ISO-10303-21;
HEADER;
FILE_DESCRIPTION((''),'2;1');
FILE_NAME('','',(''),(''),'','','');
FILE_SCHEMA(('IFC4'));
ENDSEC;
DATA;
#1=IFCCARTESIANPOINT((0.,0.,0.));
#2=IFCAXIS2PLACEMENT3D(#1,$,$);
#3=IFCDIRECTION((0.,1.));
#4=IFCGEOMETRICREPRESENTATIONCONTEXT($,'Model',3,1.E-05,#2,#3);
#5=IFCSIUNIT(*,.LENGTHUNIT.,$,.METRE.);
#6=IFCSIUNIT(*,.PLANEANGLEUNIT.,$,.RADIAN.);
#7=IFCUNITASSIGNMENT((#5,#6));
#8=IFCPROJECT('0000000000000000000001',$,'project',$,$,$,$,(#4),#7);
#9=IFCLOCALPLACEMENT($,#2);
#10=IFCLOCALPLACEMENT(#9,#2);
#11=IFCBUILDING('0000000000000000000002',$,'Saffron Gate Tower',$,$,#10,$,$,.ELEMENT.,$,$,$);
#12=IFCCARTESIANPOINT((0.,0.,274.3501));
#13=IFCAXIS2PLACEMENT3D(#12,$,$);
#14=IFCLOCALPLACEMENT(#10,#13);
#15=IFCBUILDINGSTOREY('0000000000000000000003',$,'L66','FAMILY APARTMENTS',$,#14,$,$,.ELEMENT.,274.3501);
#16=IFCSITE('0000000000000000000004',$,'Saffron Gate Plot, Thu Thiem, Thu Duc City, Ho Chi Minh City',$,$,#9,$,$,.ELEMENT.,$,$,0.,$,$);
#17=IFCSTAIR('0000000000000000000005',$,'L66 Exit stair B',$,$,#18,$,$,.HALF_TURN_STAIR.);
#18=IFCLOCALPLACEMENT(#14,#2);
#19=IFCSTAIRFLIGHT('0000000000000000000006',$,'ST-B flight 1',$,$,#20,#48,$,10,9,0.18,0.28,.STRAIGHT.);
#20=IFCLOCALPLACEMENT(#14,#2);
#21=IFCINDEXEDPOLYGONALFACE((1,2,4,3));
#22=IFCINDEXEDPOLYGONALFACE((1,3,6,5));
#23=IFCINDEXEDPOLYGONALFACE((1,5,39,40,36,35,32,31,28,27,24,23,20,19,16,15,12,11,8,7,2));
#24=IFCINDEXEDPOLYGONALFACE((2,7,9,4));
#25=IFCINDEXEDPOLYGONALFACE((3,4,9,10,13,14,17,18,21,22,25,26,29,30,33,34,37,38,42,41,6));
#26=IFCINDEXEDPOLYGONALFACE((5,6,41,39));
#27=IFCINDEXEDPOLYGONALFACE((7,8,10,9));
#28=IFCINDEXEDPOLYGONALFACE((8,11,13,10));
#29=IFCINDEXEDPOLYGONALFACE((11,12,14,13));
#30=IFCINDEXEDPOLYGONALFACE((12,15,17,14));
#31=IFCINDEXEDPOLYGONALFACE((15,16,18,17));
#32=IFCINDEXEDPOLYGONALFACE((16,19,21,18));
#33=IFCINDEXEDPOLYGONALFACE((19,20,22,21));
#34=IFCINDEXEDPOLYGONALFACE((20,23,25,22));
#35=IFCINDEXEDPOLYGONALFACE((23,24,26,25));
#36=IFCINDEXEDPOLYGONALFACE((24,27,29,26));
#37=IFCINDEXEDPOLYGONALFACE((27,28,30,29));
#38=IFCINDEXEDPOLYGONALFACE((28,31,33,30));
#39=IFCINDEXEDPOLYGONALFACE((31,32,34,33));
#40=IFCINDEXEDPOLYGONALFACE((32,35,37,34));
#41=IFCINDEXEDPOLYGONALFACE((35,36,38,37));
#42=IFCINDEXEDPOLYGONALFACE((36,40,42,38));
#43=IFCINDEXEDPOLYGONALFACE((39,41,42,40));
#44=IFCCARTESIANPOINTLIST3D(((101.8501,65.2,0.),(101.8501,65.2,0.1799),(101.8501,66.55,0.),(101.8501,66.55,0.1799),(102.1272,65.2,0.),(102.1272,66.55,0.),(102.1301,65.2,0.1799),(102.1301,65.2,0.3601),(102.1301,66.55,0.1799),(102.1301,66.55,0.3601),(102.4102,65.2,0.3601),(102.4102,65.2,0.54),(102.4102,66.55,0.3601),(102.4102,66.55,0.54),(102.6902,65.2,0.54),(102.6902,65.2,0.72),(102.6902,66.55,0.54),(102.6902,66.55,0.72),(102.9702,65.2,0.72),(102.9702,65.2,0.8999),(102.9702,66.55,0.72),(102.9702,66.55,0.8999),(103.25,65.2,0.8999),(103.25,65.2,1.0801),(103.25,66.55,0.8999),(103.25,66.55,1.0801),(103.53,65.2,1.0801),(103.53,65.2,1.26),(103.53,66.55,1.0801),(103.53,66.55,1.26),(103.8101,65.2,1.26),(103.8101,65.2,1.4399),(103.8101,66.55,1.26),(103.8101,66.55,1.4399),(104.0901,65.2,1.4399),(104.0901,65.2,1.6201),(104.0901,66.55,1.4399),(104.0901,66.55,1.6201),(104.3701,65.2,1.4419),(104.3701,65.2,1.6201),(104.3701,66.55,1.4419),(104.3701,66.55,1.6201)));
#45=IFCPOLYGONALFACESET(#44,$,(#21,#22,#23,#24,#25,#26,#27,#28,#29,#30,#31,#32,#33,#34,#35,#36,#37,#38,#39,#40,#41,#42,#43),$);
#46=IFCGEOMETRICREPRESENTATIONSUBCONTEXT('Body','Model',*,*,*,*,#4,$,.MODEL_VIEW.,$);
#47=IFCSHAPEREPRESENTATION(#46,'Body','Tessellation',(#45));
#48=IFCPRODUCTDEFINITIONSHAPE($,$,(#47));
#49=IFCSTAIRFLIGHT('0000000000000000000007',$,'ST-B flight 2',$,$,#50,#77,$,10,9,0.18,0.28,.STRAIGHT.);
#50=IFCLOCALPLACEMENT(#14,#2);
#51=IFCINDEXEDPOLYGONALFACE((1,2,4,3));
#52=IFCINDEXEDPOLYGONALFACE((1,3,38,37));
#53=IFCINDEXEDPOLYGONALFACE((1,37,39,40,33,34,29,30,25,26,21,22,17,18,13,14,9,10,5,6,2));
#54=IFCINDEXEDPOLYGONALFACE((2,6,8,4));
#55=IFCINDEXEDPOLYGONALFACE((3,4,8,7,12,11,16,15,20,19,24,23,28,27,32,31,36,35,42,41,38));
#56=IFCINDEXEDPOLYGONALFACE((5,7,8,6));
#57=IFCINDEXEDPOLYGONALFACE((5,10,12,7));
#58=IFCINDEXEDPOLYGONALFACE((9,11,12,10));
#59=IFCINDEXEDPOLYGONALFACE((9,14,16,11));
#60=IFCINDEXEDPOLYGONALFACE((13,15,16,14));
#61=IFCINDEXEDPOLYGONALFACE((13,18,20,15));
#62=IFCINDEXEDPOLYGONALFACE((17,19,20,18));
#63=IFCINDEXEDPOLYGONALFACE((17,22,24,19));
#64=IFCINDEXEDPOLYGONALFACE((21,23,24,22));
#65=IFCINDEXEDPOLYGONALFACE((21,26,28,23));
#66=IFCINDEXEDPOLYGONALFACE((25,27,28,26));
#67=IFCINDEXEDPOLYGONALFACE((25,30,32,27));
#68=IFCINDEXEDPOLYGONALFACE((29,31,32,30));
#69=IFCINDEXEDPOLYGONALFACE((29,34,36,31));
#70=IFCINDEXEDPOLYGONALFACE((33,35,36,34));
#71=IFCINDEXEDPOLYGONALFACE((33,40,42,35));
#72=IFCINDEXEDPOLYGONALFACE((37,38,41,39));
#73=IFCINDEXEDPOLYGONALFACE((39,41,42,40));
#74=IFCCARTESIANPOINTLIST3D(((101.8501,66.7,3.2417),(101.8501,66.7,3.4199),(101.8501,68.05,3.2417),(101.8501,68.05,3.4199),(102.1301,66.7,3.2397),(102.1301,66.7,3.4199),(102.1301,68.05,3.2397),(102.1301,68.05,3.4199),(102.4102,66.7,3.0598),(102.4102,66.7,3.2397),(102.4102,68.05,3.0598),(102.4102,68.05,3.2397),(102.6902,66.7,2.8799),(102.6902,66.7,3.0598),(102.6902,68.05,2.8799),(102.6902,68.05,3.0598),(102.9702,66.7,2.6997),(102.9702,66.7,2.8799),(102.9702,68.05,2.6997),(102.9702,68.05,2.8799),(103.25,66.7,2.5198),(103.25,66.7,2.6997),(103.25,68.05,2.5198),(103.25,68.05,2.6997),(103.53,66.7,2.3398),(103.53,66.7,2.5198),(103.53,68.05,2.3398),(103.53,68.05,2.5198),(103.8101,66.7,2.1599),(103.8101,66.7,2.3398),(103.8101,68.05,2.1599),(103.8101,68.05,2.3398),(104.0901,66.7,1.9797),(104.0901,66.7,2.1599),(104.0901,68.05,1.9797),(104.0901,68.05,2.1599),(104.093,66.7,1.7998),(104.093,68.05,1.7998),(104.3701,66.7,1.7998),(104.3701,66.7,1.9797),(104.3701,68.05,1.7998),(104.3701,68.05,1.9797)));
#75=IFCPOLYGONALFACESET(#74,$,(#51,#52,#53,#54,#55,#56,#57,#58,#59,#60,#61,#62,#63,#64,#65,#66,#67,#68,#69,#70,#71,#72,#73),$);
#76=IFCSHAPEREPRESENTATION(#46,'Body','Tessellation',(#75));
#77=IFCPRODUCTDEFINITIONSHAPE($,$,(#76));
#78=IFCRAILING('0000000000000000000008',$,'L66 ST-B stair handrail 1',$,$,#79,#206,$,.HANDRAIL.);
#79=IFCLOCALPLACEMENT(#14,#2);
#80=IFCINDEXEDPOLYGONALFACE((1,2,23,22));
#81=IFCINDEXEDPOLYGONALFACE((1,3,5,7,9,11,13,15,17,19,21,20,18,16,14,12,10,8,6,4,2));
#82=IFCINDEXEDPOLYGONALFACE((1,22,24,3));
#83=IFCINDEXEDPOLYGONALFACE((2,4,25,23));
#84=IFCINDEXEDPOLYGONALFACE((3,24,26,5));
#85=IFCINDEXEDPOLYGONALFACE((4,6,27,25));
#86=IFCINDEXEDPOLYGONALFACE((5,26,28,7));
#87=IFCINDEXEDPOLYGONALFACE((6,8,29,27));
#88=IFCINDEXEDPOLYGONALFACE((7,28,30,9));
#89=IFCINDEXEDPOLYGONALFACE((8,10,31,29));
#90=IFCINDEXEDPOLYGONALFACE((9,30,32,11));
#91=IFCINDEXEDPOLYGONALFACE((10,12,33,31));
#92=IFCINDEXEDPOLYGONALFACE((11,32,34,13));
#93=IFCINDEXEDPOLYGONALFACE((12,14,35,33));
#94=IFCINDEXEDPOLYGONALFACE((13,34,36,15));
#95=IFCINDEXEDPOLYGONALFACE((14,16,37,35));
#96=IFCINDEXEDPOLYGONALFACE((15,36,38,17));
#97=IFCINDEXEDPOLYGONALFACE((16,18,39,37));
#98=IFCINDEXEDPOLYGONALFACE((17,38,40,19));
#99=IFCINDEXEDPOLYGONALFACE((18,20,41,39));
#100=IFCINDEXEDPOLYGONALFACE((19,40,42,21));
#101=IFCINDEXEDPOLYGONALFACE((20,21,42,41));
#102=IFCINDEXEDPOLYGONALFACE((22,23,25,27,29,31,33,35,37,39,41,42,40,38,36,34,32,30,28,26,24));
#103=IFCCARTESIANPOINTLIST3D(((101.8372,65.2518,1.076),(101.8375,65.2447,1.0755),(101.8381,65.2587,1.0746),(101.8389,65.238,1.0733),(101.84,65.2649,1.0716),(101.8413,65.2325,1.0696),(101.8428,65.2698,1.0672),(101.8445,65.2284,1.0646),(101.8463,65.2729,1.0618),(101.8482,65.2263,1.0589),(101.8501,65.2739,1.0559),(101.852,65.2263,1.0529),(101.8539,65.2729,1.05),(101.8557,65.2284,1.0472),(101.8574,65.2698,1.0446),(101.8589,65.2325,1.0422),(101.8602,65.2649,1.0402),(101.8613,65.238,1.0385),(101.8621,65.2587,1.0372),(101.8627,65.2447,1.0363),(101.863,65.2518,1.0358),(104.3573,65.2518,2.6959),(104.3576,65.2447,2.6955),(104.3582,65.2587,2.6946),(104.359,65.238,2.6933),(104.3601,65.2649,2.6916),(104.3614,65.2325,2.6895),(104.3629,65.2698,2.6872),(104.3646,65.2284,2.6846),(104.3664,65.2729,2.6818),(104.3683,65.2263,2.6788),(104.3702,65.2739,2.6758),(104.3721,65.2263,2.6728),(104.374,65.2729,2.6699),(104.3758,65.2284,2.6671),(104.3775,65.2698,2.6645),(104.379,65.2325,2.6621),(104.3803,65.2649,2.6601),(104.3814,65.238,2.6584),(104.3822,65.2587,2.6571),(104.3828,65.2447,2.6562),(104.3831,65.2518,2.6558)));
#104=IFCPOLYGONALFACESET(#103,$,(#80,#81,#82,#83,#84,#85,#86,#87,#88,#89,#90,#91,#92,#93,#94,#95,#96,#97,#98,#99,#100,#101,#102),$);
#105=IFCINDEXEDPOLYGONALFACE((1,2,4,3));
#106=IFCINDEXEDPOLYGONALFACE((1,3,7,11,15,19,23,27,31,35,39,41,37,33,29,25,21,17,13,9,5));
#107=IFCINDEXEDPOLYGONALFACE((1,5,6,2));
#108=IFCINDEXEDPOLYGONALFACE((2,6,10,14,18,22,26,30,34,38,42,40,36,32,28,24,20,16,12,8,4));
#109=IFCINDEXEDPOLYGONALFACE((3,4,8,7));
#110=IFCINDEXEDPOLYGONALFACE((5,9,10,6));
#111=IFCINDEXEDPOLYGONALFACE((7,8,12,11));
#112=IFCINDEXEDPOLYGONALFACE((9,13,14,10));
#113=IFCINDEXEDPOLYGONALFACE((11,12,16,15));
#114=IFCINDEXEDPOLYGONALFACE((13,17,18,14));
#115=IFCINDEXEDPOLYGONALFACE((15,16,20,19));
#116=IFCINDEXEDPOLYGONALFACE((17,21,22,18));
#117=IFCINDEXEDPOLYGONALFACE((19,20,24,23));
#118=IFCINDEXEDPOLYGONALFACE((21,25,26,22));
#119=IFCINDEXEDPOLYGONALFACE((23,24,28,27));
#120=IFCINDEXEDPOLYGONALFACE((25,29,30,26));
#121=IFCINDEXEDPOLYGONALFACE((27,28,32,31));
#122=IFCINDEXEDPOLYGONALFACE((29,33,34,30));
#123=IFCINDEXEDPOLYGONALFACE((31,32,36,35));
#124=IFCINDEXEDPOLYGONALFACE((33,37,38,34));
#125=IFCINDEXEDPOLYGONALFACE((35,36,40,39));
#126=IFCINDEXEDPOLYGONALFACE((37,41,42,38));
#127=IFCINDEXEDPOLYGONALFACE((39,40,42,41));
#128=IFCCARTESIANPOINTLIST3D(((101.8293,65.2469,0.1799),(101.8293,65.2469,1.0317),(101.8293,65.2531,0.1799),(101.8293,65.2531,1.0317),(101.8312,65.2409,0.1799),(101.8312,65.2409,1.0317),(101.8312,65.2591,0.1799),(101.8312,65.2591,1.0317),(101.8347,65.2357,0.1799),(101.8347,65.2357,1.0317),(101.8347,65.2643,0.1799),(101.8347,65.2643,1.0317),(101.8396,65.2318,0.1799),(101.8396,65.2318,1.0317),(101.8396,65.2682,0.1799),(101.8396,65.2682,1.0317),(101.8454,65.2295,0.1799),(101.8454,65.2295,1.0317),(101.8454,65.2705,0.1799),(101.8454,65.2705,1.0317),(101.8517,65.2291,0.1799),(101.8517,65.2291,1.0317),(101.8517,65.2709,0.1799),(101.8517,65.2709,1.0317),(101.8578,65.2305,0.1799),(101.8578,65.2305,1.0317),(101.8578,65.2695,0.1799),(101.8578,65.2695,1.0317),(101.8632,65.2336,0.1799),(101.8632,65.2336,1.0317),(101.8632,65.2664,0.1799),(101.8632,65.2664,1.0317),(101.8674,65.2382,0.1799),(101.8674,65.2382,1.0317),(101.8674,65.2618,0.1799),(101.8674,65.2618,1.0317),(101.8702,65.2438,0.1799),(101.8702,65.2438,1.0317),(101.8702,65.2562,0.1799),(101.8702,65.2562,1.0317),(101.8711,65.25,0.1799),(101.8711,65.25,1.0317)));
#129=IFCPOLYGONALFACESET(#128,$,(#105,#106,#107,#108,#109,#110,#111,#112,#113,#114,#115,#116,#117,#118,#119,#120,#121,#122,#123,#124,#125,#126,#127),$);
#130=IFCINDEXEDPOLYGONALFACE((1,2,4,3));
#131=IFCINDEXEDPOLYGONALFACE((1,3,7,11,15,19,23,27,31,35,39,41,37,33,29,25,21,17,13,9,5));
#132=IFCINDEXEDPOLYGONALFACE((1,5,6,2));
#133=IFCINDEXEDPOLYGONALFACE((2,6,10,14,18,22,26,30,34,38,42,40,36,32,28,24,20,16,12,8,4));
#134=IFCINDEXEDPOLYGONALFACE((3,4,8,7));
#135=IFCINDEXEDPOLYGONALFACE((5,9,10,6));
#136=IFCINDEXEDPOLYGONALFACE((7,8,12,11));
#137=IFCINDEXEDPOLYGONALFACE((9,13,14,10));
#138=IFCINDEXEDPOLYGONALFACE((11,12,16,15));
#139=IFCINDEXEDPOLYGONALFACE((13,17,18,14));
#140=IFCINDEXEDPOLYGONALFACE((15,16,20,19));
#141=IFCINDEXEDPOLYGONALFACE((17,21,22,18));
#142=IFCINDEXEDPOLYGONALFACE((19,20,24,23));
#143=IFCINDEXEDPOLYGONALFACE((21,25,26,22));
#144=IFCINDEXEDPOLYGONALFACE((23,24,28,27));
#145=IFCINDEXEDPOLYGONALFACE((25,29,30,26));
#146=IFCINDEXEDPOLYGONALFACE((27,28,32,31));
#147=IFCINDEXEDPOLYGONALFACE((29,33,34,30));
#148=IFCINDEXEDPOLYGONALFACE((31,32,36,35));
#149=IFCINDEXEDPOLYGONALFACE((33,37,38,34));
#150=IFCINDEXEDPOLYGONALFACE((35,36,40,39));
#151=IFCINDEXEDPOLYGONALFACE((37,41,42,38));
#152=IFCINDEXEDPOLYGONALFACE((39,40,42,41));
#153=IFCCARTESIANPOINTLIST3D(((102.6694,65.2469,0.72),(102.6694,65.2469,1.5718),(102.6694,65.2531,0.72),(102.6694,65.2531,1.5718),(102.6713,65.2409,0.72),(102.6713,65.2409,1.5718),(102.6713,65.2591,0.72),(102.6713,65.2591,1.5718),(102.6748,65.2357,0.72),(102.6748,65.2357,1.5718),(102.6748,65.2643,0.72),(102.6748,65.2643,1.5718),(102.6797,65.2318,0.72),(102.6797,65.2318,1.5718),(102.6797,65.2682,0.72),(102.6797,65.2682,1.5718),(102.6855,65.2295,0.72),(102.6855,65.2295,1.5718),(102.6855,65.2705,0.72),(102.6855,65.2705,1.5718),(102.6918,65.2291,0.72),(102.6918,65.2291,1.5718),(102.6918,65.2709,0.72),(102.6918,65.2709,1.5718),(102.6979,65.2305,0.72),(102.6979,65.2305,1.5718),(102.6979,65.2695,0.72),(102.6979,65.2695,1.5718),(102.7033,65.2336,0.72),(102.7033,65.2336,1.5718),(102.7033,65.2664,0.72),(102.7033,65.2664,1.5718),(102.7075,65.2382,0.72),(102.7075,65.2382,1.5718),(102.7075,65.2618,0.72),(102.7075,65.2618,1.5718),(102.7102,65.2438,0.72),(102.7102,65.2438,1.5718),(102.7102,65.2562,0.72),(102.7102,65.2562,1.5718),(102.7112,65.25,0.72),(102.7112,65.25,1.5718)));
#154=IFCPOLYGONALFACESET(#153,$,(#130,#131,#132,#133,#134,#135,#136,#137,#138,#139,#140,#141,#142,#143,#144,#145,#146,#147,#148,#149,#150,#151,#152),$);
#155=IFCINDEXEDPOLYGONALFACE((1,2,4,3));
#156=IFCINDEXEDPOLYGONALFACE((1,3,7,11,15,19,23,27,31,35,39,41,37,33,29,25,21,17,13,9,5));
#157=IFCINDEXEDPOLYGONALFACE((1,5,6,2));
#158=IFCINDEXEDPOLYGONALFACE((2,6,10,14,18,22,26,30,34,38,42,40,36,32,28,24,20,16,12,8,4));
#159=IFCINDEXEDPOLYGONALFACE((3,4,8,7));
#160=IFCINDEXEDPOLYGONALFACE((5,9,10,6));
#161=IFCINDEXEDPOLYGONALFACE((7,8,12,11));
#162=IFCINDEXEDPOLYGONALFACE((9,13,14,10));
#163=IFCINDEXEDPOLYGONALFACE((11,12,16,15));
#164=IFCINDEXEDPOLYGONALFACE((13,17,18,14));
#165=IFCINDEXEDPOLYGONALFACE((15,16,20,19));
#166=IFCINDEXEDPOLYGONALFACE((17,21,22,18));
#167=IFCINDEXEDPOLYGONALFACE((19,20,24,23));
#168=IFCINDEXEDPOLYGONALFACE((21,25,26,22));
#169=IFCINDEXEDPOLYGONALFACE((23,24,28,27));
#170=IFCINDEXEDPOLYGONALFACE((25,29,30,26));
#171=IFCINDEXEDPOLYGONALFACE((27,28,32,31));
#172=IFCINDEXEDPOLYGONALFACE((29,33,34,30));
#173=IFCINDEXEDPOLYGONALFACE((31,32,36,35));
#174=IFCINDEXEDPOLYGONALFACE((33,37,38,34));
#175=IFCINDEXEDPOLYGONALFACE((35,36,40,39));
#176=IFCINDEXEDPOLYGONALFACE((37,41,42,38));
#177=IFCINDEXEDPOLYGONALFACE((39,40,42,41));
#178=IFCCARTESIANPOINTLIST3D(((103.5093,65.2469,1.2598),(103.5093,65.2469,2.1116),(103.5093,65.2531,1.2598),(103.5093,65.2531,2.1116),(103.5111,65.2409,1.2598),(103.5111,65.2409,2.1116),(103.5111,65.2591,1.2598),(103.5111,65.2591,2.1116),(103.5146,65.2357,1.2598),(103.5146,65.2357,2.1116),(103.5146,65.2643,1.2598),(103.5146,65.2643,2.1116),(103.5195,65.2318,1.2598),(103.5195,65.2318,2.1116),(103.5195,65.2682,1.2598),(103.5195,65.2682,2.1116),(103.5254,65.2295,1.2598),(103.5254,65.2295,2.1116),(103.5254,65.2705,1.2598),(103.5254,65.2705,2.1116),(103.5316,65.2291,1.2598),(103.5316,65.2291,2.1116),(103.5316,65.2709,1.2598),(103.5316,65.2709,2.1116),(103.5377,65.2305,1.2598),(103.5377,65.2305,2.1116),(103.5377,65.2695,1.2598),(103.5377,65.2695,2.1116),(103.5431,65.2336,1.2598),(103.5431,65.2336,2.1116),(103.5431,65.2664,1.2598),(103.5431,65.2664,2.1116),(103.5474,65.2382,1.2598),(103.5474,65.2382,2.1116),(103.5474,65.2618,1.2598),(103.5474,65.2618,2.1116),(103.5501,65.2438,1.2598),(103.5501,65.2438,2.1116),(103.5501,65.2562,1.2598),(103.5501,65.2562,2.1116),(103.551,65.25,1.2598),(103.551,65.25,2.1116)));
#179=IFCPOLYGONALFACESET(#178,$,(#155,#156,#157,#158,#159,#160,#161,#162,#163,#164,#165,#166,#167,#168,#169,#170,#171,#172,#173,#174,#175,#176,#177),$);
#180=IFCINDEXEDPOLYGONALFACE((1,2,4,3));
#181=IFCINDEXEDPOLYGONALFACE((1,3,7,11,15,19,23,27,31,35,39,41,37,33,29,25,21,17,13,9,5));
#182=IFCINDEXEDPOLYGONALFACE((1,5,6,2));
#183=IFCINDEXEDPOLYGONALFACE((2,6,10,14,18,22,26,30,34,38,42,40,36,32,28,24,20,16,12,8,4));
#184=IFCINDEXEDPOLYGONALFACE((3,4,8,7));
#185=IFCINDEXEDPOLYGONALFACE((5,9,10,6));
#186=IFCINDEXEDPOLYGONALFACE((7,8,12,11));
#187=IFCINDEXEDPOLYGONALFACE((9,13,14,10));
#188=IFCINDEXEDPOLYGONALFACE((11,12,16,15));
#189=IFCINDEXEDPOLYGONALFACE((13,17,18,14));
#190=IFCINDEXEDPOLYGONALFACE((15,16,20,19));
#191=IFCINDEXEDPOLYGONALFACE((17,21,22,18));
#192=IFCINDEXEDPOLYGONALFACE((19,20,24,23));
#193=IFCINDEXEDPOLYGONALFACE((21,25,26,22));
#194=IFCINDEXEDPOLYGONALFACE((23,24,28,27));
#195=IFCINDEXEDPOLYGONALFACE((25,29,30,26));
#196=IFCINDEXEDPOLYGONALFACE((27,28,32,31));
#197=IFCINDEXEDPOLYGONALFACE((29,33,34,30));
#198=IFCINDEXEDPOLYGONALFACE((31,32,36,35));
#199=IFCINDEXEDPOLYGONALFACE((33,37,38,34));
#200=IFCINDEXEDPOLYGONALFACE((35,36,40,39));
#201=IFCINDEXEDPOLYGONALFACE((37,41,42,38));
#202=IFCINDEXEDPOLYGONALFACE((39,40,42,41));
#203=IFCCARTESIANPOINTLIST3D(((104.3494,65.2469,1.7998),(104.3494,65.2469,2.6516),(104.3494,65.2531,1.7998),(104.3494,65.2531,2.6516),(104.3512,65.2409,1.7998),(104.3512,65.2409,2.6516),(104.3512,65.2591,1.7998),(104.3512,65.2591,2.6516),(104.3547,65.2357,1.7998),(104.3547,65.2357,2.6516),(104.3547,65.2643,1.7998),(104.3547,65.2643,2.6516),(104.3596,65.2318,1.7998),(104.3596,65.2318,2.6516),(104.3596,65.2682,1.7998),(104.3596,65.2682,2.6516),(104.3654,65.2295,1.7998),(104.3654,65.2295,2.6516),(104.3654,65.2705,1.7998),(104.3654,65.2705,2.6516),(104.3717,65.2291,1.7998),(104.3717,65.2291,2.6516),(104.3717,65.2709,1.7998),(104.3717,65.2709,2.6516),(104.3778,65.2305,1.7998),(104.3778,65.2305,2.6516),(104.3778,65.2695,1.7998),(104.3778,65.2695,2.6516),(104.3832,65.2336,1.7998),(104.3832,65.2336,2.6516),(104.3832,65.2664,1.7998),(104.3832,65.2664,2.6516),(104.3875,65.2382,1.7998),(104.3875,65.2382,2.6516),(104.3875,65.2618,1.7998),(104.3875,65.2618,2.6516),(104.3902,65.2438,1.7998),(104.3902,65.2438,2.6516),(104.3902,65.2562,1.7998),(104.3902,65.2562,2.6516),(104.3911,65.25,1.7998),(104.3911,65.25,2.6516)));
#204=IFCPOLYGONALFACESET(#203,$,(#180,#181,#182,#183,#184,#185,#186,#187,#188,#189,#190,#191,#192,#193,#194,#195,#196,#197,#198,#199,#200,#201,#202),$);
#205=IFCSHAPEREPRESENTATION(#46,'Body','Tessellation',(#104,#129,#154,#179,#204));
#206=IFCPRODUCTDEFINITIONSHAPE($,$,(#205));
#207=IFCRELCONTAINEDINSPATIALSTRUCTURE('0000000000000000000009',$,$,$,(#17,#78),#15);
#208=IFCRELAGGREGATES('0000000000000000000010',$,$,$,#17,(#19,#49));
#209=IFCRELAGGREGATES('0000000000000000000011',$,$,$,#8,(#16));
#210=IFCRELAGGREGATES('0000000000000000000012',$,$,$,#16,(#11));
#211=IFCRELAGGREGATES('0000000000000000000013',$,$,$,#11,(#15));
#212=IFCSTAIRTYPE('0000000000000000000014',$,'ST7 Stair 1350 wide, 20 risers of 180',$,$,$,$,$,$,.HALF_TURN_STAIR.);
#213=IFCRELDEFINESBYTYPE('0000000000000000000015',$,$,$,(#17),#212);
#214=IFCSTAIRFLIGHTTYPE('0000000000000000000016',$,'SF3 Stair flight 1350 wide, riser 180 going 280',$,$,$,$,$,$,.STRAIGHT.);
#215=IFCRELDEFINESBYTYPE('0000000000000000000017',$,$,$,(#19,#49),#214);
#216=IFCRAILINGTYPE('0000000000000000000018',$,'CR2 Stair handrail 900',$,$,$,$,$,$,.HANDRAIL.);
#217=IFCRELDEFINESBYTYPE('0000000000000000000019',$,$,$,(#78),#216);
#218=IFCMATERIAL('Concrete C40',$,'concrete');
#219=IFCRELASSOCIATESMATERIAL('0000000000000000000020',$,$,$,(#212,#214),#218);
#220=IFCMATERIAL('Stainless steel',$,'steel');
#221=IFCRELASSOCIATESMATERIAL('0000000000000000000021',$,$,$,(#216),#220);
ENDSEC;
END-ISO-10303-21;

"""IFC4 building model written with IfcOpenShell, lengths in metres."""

from ifc_helpers import new_model, si_unit, direction, frame, origin, origin_2d, place, context, subcontext, project, spatial, polyline, circle, outline, extrude, material, type_object, element, aggregate, save


model = new_model("IFC4")

# Units and contexts
model_context = context("Model", 3, precision=1e-05, world=origin(), true_north=direction((0.0, 1.0)))
body_context = subcontext(model_context, "Body", "Model", "MODEL_VIEW")
ifc_project = project(units=[si_unit("LENGTHUNIT", "METRE"), si_unit("PLANEANGLEUNIT", "RADIAN")], contexts=[model_context])

# Site, building, storey
site_placement = place(None, origin())
site = spatial("IfcSite", under=ifc_project, at=site_placement, Name="Saffron Gate Plot, Thu Thiem, Thu Duc City, Ho Chi Minh City", CompositionType="ELEMENT", RefElevation=0.0)
building_placement = place(site_placement, origin())
building = spatial("IfcBuilding", under=site, at=building_placement, Name="Saffron Gate Tower", CompositionType="ELEMENT")
storey_placement = place(building_placement, frame((0.0, 0.0, 274.3501)))
storey = spatial("IfcBuildingStorey", under=building, at=storey_placement, Name="L66", Description="FAMILY APARTMENTS", CompositionType="ELEMENT", Elevation=274.3501)

# Stair, stair flights
ifc_material_1 = material(Name="Concrete C40", Category="concrete")
stair_type = type_object("IfcStairType", Name="ST7 Stair 1350 wide, 20 risers of 180", PredefinedType="HALF_TURN_STAIR", material=ifc_material_1)
stair_placement = place(storey_placement, origin())
stair = element("IfcStair", 1, at=stair_placement, inside=storey, type_object=stair_type, Name="L66 Exit stair B", PredefinedType="HALF_TURN_STAIR")
stair_flight_type = type_object("IfcStairFlightType", Name="SF3 Stair flight 1350 wide, riser 180 going 280", PredefinedType="STRAIGHT", material=ifc_material_1)
stair_flight_1_placement = place(storey_placement, frame((101.8501, 65.875, 0.0), z_axis=(0.0, 0.0, 1.0), x_axis=(1.0, 0.0, 0.0)))
stair_flight_1 = element("IfcStairFlight", 2, at=stair_flight_1_placement, type_object=stair_flight_type, Name="ST-B flight 1", NumberOfRisers=10, NumberOfTreads=9, PredefinedType="STRAIGHT", RiserHeight=0.18, TreadLength=0.28, context=body_context, shape_type="SweptSolid", body=[
    extrude(outline(polyline([(0.0, 0.0), (0.0, 0.1799), (0.28, 0.1799), (0.28, 0.3601), (0.5601, 0.3601), (0.5601, 0.54), (0.8401, 0.54), (0.8401, 0.72), (1.1201, 0.72), (1.1201, 0.8999), (1.3999, 0.8999), (1.3999, 1.0801), (1.6799, 1.0801), (1.6799, 1.26), (1.96, 1.26), (1.96, 1.4399), (2.24, 1.4399), (2.24, 1.6201), (2.52, 1.6201), (2.52, 1.8), (2.52, 1.4419), (0.2771, 0.0), (0.0, 0.0)])), frame((0.0, 0.675, 0.0), z_axis=(0.0, -1.0, 0.0), x_axis=(1.0, 0.0, 0.0)), (0.0, 0.0, 1.0), 1.3501),
])
stair_flight_2_placement = place(storey_placement, frame((104.3701, 67.375, 1.7998), z_axis=(0.0, 0.0, 1.0), x_axis=(-1.0, 0.0, 0.0)))
stair_flight_2 = element("IfcStairFlight", 3, at=stair_flight_2_placement, type_object=stair_flight_type, Name="ST-B flight 2", NumberOfRisers=10, NumberOfTreads=9, PredefinedType="STRAIGHT", RiserHeight=0.18, TreadLength=0.28, context=body_context, shape_type="SweptSolid", body=[
    extrude(outline(polyline([(0.0, 0.0), (0.0, 0.1799), (0.28, 0.1799), (0.28, 0.3601), (0.5601, 0.3601), (0.5601, 0.54), (0.8401, 0.54), (0.8401, 0.72), (1.1201, 0.72), (1.1201, 0.8999), (1.3999, 0.8999), (1.3999, 1.0801), (1.6799, 1.0801), (1.6799, 1.26), (1.96, 1.26), (1.96, 1.4399), (2.24, 1.4399), (2.24, 1.6201), (2.52, 1.6201), (2.52, 1.8), (2.52, 1.4419), (0.2771, 0.0), (0.0, 0.0)])), frame((0.0, 0.675, 0.0), z_axis=(0.0, -1.0, 0.0), x_axis=(1.0, 0.0, 0.0)), (0.0, 0.0, 1.0), 1.3501),
])
aggregate(stair, [stair_flight_1, stair_flight_2])

# Railing
ifc_material_2 = material(Name="Stainless steel", Category="steel")
railing_type_1 = type_object("IfcRailingType", Name="CR2 Stair handrail 900", PredefinedType="HANDRAIL", material=ifc_material_2)
railing_1_placement = place(storey_placement, frame((101.8501, 65.25, 0.1799)))
element("IfcRailing", 4, at=railing_1_placement, inside=storey, type_object=railing_type_1, Name="L66 ST-B stair handrail 1", PredefinedType="HANDRAIL", context=body_context, shape_type="SweptSolid", body=[
    extrude(circle(Radius=0.0239, at=origin_2d()), frame((0.0, 0.0, 0.876), z_axis=(0.8412, 0.0, 0.540725), x_axis=(0.0, 1.0, 0.0)), (0.0, 0.0, 1.0), 2.9958),
    extrude(circle(Radius=0.021, at=origin_2d()), origin(), (0.0, 0.0, 1.0), 0.8518),
    extrude(circle(Radius=0.021, at=origin_2d()), frame((0.8401, 0.0, 0.54)), (0.0, 0.0, 1.0), 0.8518),
    extrude(circle(Radius=0.021, at=origin_2d()), frame((1.6799, 0.0, 1.0798)), (0.0, 0.0, 1.0), 0.8518),
    extrude(circle(Radius=0.021, at=origin_2d()), frame((2.52, 0.0, 1.6199)), (0.0, 0.0, 1.0), 0.8518),
])

save(model, "model.ifc")
